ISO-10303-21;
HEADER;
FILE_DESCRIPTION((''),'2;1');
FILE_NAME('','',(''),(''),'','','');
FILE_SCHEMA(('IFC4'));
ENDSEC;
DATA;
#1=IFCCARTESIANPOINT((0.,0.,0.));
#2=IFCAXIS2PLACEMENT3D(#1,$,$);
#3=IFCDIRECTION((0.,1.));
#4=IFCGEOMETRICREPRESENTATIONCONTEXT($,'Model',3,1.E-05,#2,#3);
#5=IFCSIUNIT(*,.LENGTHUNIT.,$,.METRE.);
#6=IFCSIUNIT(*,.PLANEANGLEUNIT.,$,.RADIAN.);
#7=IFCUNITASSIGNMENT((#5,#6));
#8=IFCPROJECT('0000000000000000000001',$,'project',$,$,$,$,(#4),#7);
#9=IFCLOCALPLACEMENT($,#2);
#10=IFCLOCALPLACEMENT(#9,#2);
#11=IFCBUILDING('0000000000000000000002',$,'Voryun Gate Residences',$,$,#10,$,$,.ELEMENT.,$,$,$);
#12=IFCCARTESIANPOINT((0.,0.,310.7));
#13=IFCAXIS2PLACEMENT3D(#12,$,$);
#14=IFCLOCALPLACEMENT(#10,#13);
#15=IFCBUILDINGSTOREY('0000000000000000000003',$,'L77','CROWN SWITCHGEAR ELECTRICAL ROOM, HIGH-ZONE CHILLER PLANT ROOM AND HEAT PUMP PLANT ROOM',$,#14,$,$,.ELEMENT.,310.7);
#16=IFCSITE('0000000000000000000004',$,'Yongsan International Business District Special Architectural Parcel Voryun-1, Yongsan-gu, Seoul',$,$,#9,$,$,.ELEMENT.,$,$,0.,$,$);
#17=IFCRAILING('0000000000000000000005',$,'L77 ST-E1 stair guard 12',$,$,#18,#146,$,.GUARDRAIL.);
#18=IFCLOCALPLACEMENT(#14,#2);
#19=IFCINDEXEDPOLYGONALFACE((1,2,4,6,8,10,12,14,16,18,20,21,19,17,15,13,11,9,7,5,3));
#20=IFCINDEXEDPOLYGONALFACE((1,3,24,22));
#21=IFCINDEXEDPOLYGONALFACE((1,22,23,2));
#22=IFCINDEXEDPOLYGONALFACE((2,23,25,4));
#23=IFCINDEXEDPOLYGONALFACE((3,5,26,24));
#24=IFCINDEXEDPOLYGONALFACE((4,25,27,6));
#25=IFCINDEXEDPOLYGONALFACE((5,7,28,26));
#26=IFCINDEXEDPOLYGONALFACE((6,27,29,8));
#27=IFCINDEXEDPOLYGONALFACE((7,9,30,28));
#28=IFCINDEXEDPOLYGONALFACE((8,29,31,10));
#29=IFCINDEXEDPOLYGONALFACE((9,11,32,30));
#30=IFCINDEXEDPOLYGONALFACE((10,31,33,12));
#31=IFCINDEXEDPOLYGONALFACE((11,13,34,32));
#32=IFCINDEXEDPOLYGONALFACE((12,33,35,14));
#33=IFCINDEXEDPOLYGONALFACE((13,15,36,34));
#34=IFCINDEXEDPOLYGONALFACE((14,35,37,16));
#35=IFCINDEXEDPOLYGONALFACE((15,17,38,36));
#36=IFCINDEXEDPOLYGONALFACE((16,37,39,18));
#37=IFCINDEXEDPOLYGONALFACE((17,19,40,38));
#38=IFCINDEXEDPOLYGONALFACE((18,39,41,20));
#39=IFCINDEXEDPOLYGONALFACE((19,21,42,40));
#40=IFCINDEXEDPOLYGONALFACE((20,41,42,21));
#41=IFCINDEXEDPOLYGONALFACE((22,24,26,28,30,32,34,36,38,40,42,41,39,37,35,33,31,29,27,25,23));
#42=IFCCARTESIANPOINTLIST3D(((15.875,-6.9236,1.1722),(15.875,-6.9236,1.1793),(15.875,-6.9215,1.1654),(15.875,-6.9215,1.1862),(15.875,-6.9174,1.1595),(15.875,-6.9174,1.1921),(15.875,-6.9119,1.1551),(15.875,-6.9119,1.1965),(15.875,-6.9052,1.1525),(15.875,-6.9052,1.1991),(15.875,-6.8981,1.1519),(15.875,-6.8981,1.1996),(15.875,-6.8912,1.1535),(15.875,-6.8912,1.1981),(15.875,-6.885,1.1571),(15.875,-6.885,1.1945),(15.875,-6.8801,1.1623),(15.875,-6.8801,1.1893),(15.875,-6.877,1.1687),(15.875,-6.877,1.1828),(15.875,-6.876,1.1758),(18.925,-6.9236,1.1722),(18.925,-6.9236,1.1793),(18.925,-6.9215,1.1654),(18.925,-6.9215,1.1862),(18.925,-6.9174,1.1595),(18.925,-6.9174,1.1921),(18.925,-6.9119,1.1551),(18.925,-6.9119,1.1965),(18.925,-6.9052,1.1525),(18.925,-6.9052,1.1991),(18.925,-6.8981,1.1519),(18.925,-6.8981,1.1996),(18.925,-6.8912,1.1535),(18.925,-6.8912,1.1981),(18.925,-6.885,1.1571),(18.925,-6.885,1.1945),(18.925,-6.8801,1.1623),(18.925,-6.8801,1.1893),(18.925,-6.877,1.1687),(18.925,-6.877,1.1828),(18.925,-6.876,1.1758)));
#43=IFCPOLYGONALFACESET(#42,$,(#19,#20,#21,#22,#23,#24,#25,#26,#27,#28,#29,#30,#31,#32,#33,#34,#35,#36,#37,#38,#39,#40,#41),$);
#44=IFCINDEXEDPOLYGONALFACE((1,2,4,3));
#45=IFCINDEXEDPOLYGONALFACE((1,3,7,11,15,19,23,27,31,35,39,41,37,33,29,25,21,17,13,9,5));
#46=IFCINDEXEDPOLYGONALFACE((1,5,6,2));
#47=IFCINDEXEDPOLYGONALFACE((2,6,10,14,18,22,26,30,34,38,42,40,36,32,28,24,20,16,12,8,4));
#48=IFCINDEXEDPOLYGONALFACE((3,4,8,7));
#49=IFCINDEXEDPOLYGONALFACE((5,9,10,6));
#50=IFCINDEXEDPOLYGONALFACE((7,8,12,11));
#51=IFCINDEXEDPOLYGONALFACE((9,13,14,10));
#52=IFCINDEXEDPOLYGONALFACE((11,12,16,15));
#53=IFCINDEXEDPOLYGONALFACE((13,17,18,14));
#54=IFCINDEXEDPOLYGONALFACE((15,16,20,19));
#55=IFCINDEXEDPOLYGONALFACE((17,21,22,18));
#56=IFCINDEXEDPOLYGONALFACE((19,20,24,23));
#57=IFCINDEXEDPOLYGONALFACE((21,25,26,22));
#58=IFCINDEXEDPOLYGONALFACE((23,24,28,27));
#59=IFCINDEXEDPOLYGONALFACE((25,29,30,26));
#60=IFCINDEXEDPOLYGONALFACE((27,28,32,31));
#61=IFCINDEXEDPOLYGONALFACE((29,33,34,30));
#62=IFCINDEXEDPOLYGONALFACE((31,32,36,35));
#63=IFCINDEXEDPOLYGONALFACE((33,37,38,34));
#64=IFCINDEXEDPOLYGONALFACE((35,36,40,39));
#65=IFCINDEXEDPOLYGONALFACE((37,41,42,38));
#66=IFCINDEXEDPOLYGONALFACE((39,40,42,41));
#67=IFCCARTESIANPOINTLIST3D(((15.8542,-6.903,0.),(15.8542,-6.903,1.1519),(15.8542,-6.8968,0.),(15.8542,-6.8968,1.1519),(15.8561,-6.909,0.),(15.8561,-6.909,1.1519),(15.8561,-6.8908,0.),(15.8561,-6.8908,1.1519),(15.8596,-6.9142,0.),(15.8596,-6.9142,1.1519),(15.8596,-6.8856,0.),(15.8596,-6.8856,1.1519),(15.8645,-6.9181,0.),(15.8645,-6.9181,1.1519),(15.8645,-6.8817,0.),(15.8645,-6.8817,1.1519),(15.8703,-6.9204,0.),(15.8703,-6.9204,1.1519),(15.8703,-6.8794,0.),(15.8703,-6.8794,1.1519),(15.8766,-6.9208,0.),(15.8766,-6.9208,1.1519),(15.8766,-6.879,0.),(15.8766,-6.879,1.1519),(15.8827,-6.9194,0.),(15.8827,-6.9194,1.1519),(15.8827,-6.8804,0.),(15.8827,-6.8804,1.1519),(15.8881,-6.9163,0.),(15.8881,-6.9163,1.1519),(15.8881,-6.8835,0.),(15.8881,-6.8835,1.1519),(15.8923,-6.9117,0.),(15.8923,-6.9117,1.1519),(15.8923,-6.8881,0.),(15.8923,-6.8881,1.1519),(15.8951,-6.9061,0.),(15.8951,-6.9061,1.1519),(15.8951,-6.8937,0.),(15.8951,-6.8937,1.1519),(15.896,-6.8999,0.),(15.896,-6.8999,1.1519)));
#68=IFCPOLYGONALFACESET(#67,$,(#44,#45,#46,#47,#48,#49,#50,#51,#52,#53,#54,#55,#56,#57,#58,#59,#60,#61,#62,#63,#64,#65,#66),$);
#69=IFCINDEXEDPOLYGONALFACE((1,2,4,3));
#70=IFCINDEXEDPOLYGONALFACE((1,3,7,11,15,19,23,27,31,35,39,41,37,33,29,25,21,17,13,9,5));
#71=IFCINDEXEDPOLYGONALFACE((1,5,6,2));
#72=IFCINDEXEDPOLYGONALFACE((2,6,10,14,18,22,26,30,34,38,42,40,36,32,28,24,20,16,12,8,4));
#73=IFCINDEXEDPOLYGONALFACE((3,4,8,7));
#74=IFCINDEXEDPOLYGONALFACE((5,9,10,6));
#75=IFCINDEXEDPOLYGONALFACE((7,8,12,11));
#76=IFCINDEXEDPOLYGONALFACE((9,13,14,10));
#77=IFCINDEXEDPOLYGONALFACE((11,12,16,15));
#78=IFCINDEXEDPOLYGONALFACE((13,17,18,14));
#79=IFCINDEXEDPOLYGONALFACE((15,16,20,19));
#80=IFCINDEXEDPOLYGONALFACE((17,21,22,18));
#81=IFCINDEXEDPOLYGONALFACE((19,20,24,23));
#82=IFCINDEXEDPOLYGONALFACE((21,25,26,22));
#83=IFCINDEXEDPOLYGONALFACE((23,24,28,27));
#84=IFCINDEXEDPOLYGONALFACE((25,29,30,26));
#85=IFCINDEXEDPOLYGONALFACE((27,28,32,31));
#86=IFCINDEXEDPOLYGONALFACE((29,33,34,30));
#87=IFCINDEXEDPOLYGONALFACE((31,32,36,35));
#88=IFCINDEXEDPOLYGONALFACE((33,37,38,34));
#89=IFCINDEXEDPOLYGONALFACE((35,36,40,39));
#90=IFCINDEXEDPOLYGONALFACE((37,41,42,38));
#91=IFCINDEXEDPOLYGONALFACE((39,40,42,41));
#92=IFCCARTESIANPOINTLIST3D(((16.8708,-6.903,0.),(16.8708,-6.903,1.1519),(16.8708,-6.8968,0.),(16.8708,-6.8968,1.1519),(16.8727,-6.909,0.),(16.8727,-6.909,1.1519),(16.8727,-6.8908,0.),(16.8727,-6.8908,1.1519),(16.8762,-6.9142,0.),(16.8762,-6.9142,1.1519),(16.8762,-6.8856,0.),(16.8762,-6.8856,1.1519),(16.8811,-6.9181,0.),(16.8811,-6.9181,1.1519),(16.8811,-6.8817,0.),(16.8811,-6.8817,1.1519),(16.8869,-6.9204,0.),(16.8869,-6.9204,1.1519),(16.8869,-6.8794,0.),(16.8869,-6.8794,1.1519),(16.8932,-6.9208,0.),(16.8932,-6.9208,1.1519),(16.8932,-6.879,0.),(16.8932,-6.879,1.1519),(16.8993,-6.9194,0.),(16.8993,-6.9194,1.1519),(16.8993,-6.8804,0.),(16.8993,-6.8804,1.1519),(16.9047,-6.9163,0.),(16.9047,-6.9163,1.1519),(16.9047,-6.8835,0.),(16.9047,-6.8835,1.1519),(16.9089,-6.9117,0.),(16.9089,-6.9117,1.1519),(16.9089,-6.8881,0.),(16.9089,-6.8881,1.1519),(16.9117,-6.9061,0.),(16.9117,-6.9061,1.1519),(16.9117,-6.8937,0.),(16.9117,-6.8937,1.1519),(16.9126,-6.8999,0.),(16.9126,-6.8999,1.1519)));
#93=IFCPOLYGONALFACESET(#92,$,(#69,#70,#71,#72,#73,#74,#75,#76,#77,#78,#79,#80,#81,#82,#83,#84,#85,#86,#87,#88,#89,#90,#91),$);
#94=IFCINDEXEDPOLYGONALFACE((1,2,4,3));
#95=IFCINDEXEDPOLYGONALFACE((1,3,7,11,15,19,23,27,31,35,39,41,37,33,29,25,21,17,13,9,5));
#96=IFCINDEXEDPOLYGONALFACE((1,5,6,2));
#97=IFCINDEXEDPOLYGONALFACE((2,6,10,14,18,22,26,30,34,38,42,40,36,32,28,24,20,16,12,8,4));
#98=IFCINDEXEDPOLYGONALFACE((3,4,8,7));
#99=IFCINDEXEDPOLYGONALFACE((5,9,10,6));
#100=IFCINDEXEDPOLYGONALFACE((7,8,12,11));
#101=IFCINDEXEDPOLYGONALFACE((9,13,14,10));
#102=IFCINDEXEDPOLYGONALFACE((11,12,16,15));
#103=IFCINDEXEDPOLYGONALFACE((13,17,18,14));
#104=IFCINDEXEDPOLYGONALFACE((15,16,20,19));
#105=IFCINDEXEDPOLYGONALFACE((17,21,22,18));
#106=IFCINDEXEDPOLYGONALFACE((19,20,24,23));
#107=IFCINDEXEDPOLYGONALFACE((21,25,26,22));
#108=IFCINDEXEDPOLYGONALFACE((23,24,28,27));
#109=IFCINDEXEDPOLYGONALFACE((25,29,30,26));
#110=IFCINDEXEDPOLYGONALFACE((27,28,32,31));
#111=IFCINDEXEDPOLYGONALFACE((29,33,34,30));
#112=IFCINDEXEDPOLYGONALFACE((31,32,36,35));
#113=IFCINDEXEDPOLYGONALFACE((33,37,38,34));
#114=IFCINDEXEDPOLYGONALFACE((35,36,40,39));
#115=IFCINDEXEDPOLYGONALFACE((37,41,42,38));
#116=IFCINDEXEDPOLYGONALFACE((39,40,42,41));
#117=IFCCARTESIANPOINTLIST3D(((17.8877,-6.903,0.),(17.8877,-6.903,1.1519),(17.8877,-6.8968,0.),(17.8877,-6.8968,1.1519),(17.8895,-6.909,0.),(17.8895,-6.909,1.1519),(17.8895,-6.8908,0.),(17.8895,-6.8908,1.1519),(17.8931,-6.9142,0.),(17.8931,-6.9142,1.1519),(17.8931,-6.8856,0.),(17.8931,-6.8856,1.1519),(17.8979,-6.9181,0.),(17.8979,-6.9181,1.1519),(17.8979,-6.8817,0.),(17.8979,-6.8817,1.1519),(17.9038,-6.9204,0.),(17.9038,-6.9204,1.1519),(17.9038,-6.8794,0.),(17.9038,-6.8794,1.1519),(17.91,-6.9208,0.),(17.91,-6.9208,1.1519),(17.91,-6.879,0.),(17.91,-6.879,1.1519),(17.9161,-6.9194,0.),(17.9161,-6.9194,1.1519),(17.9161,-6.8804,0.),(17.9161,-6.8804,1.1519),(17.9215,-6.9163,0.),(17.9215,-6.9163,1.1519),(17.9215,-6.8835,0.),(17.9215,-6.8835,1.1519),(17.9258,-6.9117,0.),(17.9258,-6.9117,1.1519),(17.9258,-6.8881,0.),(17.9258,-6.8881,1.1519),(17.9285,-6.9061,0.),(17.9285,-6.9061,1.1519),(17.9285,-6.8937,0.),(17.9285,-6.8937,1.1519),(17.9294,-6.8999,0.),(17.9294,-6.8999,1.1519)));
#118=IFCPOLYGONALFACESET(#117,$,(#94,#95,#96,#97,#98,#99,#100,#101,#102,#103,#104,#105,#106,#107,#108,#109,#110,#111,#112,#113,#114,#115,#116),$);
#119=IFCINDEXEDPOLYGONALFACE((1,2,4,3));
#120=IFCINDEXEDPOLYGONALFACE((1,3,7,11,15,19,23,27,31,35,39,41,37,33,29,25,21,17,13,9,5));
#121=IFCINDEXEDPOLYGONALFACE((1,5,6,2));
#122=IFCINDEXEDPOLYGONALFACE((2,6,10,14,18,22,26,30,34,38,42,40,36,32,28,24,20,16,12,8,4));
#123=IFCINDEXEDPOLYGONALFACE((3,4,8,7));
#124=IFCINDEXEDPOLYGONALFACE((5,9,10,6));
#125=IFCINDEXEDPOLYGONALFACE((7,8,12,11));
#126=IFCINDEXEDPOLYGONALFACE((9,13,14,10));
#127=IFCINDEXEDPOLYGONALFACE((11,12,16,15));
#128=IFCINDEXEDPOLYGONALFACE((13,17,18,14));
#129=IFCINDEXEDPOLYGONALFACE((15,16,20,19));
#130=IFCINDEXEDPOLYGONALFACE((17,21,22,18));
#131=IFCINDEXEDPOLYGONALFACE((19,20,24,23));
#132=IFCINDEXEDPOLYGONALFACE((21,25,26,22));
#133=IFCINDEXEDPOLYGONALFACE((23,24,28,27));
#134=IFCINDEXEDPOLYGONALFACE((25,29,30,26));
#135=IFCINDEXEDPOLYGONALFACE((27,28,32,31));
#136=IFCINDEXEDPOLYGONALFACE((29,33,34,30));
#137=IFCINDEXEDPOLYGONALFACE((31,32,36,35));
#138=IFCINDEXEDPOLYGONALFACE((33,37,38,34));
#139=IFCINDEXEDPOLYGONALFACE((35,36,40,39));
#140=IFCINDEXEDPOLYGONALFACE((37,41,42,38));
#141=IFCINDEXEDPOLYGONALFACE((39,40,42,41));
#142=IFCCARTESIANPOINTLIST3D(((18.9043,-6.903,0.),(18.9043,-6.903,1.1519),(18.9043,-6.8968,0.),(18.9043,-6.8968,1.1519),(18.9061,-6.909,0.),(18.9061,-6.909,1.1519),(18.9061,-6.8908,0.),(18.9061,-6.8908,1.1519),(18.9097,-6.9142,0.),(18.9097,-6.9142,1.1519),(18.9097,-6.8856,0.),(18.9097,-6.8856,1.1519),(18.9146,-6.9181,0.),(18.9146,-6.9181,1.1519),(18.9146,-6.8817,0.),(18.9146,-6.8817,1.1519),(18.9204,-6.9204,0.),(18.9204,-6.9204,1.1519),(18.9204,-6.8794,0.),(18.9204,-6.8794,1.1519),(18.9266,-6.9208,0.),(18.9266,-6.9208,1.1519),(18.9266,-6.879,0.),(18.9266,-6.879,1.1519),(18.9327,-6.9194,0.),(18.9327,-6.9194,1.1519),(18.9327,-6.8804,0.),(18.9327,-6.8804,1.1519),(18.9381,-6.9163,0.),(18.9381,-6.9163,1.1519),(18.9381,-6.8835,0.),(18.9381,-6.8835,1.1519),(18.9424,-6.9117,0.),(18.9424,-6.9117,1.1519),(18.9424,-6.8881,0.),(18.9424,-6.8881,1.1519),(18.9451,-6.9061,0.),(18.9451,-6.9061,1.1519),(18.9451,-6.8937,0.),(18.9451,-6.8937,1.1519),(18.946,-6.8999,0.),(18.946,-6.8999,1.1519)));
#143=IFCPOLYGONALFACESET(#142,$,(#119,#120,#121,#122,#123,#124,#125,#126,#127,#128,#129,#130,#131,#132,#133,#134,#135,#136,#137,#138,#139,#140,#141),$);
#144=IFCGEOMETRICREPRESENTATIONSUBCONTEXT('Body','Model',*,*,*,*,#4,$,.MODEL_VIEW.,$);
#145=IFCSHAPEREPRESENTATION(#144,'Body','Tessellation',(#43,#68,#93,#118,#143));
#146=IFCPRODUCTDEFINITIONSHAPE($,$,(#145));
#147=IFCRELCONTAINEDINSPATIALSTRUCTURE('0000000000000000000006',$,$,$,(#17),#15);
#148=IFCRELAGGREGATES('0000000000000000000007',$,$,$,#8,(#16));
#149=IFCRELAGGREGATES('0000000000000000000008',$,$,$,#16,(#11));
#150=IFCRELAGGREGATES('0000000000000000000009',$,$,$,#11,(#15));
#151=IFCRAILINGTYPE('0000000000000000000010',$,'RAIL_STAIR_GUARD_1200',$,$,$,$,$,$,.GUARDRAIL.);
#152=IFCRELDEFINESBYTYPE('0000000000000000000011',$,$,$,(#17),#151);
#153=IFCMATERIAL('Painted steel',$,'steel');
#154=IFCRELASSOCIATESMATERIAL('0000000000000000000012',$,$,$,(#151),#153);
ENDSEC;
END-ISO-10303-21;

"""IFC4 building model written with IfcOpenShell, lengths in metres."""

from ifc_helpers import new_model, si_unit, direction, frame, origin, origin_2d, place, context, subcontext, project, spatial, circle, extrude, material, type_object, element, save


model = new_model("IFC4")

# Units and contexts
model_context = context("Model", 3, precision=1e-05, world=origin(), true_north=direction((0.0, 1.0)))
body_context = subcontext(model_context, "Body", "Model", "MODEL_VIEW")
ifc_project = project(units=[si_unit("LENGTHUNIT", "METRE"), si_unit("PLANEANGLEUNIT", "RADIAN")], contexts=[model_context])

# Site, building, storey
site_placement = place(None, origin())
site = spatial("IfcSite", under=ifc_project, at=site_placement, Name="Yongsan International Business District Special Architectural Parcel Voryun-1, Yongsan-gu, Seoul", CompositionType="ELEMENT", RefElevation=0.0)
building_placement = place(site_placement, origin())
building = spatial("IfcBuilding", under=site, at=building_placement, Name="Voryun Gate Residences", CompositionType="ELEMENT")
storey_placement = place(building_placement, frame((0.0, 0.0, 310.7)))
storey = spatial("IfcBuildingStorey", under=building, at=storey_placement, Name="L77", Description="CROWN SWITCHGEAR ELECTRICAL ROOM, HIGH-ZONE CHILLER PLANT ROOM AND HEAT PUMP PLANT ROOM", CompositionType="ELEMENT", Elevation=310.7)

# Railing
ifc_material_1 = material(Name="Painted steel", Category="steel")
railing_type_1 = type_object("IfcRailingType", Name="RAIL_STAIR_GUARD_1200", PredefinedType="GUARDRAIL", material=ifc_material_1)
railing_1_placement = place(storey_placement, frame((15.875, -6.8999, 0.0)))
element("IfcRailing", 1, at=railing_1_placement, inside=storey, type_object=railing_type_1, Name="L77 ST-E1 stair guard 12", PredefinedType="GUARDRAIL", context=body_context, shape_type="SweptSolid", body=[
    extrude(circle(Radius=0.0239, at=origin_2d()), frame((0.0, 0.0, 1.1758), z_axis=(1.0, 0.0, 0.0), x_axis=(0.0, 1.0, 0.0)), (0.0, 0.0, 1.0), 3.05),
    extrude(circle(Radius=0.021, at=origin_2d()), origin(), (0.0, 0.0, 1.0), 1.1519),
    extrude(circle(Radius=0.021, at=origin_2d()), frame((1.0166, 0.0, 0.0)), (0.0, 0.0, 1.0), 1.1519),
    extrude(circle(Radius=0.021, at=origin_2d()), frame((2.0334, 0.0, 0.0)), (0.0, 0.0, 1.0), 1.1519),
    extrude(circle(Radius=0.021, at=origin_2d()), frame((3.05, 0.0, 0.0)), (0.0, 0.0, 1.0), 1.1519),
])

save(model, "model.ifc")
